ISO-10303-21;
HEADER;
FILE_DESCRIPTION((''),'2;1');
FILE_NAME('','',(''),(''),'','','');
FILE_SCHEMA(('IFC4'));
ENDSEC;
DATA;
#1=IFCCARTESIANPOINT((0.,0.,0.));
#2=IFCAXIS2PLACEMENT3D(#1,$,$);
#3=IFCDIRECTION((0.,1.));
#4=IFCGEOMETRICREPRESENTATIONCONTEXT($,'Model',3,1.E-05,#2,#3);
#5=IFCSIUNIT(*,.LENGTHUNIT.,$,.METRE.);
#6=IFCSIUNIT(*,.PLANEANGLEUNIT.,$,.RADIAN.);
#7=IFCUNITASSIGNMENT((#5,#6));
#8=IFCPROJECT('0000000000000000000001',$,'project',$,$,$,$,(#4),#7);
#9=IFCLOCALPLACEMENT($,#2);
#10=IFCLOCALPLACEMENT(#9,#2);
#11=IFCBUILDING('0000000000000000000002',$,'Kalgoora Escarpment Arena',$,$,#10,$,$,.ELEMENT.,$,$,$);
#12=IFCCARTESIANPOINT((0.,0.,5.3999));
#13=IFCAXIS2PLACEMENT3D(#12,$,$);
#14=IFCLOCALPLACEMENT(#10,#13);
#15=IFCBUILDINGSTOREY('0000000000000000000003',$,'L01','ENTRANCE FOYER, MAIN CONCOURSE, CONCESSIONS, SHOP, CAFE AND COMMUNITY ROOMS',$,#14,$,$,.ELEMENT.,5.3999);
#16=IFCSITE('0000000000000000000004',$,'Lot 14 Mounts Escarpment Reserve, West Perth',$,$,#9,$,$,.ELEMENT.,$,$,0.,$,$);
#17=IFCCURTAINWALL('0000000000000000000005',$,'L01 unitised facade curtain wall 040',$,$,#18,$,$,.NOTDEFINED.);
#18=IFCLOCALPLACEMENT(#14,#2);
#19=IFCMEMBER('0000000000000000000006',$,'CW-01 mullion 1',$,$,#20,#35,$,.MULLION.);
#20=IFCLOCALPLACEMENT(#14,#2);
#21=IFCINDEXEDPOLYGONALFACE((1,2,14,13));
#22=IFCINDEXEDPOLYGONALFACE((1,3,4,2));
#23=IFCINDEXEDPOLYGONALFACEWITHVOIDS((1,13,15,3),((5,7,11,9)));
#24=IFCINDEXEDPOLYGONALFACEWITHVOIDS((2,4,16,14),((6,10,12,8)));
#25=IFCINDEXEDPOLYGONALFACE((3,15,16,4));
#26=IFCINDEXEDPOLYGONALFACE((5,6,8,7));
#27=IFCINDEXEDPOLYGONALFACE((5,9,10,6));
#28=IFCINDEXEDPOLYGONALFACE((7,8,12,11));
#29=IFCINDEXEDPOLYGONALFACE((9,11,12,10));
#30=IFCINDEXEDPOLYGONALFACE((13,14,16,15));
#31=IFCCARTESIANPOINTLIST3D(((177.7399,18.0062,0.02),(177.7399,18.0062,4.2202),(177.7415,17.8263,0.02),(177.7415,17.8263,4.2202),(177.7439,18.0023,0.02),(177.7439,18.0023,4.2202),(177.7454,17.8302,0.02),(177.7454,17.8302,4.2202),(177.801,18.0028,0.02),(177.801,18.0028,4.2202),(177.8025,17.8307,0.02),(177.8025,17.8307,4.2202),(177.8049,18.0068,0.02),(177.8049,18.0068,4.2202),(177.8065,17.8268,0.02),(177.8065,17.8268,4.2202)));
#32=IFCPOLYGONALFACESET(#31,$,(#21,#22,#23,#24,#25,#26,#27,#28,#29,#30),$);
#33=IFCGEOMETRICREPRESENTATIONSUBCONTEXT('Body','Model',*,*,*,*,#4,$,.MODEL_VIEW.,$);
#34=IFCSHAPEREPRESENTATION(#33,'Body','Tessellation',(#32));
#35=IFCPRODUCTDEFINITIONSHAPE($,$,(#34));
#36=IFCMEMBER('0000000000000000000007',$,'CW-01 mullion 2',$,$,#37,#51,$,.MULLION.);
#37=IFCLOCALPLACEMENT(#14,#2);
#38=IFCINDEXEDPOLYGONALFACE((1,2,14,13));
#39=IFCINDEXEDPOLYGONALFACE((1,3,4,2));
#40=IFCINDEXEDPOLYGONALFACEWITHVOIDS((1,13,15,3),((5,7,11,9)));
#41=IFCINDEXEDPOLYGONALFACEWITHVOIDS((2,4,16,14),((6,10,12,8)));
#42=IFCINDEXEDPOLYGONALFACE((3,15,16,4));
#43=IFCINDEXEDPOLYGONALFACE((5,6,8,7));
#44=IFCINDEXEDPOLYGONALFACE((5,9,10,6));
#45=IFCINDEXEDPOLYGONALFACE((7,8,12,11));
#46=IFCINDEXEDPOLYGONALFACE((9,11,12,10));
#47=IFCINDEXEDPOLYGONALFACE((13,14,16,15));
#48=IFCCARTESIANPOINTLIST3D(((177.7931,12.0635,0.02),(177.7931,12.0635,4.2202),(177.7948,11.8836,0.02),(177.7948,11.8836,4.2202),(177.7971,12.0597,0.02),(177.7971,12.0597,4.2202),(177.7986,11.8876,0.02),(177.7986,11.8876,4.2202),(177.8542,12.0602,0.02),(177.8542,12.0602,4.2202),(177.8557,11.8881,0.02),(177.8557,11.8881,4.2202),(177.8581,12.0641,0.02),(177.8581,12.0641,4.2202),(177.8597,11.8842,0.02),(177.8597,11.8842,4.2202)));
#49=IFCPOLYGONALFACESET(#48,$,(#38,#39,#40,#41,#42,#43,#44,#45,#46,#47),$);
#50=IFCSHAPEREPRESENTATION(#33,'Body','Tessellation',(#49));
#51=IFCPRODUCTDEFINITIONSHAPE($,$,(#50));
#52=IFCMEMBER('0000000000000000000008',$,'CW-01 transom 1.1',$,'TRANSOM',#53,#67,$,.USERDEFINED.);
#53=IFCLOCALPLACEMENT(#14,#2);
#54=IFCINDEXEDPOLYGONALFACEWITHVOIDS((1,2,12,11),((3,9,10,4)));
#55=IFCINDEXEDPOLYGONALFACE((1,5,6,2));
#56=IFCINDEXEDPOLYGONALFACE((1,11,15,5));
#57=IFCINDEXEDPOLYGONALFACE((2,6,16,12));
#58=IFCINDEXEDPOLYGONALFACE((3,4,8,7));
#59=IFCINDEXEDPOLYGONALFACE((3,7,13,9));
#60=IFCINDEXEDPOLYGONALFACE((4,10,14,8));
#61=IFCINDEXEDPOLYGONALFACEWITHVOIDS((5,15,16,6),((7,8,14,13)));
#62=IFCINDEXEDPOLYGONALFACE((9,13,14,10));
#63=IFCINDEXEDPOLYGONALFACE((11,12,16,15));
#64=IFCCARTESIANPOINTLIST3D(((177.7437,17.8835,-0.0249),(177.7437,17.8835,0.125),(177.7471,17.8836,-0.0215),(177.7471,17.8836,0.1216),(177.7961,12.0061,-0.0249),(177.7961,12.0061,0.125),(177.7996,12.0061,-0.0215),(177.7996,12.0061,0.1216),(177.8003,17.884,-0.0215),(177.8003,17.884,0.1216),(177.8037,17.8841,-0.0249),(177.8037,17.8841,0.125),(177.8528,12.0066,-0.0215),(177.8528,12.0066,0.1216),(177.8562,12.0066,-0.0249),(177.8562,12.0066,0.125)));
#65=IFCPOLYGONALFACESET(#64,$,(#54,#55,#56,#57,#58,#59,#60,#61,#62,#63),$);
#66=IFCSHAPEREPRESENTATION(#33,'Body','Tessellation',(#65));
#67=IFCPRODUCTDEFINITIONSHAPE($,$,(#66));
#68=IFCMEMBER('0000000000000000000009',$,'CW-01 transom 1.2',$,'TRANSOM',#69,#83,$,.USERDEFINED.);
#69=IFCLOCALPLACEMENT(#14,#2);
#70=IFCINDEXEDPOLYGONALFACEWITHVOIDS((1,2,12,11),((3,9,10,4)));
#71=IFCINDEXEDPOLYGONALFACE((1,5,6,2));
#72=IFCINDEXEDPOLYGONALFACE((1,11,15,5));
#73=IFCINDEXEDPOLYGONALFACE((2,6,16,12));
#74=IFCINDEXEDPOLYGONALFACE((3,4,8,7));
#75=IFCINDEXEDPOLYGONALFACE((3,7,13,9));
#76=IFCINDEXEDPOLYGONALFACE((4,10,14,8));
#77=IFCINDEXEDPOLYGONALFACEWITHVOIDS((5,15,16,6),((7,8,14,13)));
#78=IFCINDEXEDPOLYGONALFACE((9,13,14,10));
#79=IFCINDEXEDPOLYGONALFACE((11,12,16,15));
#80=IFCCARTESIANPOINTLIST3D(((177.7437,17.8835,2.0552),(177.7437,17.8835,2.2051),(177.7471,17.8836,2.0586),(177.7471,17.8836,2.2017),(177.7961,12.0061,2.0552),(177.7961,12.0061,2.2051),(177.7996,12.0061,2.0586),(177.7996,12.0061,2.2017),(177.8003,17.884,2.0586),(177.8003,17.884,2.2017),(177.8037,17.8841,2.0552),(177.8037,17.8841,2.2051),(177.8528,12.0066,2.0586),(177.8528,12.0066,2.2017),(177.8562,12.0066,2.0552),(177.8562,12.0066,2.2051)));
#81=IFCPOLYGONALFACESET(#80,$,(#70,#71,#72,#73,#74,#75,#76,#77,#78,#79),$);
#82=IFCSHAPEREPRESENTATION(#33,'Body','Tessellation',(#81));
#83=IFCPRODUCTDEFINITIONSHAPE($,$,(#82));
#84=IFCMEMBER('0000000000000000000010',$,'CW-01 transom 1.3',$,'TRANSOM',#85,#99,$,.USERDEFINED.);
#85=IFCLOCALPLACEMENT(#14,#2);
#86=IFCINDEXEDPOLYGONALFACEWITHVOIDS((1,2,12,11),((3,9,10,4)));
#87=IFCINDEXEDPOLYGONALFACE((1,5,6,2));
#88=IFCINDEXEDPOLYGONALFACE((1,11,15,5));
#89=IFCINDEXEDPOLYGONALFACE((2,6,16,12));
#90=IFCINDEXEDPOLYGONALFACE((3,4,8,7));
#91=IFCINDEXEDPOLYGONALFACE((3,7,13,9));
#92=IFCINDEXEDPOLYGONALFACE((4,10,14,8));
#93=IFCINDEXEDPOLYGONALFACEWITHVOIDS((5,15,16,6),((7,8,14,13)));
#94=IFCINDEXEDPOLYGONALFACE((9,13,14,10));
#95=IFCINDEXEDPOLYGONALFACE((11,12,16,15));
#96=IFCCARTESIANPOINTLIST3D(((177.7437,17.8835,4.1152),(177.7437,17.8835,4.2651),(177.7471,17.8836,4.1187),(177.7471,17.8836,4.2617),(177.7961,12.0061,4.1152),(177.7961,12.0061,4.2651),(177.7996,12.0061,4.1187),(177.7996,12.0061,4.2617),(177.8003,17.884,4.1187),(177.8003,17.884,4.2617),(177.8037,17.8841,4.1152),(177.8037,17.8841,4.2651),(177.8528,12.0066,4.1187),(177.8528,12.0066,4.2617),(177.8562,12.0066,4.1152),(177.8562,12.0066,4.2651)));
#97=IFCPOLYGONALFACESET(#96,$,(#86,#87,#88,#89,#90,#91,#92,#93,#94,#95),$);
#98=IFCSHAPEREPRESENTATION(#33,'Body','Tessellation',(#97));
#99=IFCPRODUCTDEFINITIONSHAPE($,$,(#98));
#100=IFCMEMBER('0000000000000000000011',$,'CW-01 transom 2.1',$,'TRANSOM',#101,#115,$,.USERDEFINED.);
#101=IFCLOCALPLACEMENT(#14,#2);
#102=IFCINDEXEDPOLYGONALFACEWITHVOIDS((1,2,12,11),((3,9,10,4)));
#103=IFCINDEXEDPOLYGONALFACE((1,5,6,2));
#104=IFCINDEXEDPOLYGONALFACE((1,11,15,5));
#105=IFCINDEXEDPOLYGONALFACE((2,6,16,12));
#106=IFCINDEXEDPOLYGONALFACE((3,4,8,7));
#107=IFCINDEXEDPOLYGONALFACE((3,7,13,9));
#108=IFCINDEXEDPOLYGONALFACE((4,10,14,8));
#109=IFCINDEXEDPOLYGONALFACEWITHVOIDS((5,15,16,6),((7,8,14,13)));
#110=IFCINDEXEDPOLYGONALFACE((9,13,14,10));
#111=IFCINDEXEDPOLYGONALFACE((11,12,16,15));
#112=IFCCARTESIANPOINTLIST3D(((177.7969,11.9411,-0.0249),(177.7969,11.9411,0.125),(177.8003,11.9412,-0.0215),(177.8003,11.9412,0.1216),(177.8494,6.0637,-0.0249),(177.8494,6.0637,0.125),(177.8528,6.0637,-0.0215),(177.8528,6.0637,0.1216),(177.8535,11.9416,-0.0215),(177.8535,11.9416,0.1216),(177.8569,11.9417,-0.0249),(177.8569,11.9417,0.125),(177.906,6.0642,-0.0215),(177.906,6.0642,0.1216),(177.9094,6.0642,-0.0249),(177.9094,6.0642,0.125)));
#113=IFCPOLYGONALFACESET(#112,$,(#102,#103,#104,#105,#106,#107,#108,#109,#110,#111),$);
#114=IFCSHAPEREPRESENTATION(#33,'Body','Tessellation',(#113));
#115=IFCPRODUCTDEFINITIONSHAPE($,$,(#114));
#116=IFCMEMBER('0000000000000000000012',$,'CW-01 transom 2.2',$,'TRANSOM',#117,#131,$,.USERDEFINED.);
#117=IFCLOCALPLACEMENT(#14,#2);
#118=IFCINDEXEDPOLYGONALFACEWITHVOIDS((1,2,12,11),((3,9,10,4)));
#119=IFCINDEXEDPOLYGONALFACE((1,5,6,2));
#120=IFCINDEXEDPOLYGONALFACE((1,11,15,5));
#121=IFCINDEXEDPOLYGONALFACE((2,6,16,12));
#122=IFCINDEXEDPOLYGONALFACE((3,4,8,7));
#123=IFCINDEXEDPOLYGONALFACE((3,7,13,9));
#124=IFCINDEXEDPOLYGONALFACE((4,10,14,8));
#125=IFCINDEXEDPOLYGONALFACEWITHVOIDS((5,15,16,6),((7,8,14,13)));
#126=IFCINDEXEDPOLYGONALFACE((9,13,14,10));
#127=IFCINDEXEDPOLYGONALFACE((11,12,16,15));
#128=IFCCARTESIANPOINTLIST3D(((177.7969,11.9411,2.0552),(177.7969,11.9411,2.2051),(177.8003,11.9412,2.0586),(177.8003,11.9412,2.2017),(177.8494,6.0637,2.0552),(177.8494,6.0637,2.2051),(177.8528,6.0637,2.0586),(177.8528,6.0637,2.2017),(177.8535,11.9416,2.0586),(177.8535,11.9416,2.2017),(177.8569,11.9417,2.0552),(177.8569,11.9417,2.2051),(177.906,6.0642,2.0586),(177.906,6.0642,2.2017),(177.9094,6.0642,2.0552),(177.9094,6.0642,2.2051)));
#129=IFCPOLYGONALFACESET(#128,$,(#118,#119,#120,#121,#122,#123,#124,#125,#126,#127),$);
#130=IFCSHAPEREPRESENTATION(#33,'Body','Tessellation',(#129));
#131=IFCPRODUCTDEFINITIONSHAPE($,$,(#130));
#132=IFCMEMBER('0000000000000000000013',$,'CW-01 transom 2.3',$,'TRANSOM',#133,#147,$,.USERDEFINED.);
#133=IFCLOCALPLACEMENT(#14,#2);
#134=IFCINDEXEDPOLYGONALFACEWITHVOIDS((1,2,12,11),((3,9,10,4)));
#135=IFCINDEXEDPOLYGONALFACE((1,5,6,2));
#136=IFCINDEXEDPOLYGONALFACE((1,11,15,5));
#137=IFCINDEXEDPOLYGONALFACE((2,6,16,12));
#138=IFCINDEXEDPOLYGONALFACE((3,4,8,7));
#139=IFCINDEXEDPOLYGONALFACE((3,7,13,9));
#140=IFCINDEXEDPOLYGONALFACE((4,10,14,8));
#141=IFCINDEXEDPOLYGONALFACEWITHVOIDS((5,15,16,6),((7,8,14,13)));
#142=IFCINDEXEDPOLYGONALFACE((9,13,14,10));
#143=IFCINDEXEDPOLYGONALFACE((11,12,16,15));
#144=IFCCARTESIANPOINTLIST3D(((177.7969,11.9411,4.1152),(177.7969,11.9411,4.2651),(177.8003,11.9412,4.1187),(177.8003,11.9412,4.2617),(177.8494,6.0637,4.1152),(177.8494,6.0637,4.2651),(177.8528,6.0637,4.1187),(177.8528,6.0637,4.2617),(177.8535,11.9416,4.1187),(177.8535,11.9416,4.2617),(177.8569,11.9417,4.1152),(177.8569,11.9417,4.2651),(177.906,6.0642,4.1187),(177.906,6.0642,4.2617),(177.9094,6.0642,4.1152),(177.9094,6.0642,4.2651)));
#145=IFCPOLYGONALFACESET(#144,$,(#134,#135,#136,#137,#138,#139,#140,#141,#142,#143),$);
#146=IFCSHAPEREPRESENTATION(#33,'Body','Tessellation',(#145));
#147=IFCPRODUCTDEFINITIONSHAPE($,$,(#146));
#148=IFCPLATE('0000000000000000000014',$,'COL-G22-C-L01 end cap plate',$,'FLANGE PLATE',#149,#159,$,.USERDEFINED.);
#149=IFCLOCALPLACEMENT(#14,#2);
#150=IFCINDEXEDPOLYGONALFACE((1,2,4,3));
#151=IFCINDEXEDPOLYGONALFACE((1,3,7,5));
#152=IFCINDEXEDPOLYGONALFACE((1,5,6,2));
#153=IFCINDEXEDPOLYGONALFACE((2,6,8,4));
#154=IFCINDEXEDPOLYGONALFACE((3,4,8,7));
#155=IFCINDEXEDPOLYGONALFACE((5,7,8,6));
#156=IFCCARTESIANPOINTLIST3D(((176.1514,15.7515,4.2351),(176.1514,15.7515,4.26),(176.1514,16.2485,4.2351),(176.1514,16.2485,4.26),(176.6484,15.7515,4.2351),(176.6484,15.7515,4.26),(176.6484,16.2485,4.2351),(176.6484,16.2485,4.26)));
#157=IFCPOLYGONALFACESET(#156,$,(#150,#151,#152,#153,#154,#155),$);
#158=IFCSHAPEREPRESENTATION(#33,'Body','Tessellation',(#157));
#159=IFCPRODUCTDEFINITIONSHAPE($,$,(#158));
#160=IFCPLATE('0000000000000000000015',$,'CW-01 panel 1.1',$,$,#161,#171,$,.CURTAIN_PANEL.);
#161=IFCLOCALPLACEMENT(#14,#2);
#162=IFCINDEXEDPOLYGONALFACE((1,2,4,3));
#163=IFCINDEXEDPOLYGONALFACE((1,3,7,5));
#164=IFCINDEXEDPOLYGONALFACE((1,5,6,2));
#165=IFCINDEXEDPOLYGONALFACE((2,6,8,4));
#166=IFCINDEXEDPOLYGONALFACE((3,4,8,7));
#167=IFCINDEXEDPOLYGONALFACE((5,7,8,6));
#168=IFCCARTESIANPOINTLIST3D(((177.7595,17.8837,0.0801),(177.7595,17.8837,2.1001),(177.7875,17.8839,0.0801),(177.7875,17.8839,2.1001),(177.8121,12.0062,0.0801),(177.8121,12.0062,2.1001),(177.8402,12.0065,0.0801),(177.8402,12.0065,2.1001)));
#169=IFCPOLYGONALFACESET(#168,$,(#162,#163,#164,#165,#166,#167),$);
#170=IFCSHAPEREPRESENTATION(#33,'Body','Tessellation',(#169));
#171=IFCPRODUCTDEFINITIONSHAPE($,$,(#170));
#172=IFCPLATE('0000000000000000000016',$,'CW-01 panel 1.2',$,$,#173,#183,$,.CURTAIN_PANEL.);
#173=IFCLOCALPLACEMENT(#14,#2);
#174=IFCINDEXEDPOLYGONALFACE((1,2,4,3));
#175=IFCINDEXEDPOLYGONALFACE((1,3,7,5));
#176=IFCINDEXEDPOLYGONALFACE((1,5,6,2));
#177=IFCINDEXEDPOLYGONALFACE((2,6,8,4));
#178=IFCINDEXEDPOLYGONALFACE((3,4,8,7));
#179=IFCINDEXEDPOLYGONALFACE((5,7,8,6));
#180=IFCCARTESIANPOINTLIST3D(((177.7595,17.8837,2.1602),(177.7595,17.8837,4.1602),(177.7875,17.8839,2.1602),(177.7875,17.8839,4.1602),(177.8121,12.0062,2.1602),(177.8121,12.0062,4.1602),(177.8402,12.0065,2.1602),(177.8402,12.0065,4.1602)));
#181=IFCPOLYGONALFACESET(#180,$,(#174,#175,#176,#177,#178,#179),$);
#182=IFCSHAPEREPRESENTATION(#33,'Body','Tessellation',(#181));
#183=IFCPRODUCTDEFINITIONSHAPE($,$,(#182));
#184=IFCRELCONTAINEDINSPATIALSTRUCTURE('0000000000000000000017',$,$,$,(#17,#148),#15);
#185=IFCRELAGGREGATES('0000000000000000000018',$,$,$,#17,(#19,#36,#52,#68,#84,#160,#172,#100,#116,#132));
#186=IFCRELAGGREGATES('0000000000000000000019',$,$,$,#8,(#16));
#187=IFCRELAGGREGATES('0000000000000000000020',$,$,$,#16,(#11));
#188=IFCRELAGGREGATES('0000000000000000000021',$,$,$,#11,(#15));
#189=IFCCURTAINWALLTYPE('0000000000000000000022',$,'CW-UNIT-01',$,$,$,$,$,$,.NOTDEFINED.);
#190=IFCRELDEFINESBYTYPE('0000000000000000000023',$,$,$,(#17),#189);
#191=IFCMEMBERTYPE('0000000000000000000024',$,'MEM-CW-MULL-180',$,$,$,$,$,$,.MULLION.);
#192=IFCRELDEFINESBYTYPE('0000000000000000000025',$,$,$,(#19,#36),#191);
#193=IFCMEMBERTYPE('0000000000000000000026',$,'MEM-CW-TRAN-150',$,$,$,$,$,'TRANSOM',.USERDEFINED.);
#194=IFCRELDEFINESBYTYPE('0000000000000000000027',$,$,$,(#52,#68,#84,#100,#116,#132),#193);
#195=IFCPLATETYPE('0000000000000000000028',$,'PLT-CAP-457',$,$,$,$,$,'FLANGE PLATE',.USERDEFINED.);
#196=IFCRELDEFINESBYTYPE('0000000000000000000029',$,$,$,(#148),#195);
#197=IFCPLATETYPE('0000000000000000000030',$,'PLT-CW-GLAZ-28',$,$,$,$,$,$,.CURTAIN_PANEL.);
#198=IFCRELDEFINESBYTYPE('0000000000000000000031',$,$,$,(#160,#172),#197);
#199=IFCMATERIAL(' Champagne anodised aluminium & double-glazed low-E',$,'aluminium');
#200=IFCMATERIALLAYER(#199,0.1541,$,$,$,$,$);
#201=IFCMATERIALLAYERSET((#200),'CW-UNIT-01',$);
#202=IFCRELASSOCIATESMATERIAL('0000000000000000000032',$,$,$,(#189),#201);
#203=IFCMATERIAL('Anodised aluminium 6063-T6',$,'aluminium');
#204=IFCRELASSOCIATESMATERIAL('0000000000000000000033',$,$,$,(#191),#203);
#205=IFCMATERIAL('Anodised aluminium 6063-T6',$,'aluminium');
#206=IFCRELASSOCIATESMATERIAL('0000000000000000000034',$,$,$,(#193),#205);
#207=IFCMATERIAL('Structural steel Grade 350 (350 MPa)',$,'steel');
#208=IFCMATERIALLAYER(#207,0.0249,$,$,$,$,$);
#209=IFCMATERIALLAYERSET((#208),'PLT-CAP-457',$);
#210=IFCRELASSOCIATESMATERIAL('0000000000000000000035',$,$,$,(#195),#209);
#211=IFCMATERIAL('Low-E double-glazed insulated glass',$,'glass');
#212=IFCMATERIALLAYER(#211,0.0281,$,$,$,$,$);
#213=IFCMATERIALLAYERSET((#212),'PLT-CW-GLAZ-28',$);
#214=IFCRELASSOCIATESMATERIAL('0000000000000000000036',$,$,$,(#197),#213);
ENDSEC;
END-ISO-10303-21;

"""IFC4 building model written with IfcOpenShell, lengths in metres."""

from ifc_helpers import new_model, si_unit, direction, frame, origin, origin_2d, place, context, subcontext, project, spatial, rectangle, hollow_rectangle, extrude, material, layer, layer_set, material_profile, profile_set, type_object, element, aggregate, save


model = new_model("IFC4")

# Units and contexts
model_context = context("Model", 3, precision=1e-05, world=origin(), true_north=direction((0.0, 1.0)))
body_context = subcontext(model_context, "Body", "Model", "MODEL_VIEW")
ifc_project = project(units=[si_unit("LENGTHUNIT", "METRE"), si_unit("PLANEANGLEUNIT", "RADIAN")], contexts=[model_context])

# Site, building, storey
site_placement = place(None, origin())
site = spatial("IfcSite", under=ifc_project, at=site_placement, Name="Lot 14 Mounts Escarpment Reserve, West Perth", CompositionType="ELEMENT", RefElevation=0.0)
building_placement = place(site_placement, origin())
building = spatial("IfcBuilding", under=site, at=building_placement, Name="Kalgoora Escarpment Arena", CompositionType="ELEMENT")
storey_placement = place(building_placement, frame((0.0, 0.0, 5.3999)))
storey = spatial("IfcBuildingStorey", under=building, at=storey_placement, Name="L01", Description="ENTRANCE FOYER, MAIN CONCOURSE, CONCESSIONS, SHOP, CAFE AND COMMUNITY ROOMS", CompositionType="ELEMENT", Elevation=5.3999)

# Curtain wall, members
ifc_material_1 = material(Name=" Champagne anodised aluminium & double-glazed low-E", Category="aluminium")
ifc_layer_1 = layer(ifc_material_1, 0.1541)
ifc_layer_set_1 = layer_set([ifc_layer_1], Name="CW-UNIT-01")
curtain_wall_type = type_object("IfcCurtainWallType", Name="CW-UNIT-01", PredefinedType="NOTDEFINED", material=ifc_layer_set_1)
curtain_wall_placement = place(storey_placement, origin())
curtain_wall = element("IfcCurtainWall", 1, at=curtain_wall_placement, inside=storey, type_object=curtain_wall_type, Name="L01 unitised facade curtain wall 040", PredefinedType="NOTDEFINED")
ifc_material_2 = material(Name="Anodised aluminium 6063-T6", Category="aluminium")
ifc_material_profile_1 = material_profile(ifc_material_2, hollow_rectangle(XDim=0.0649, YDim=0.1799, WallThickness=0.0039, at=origin_2d()))
ifc_profile_set_1 = profile_set([ifc_material_profile_1], Name="Anodised aluminium 6063-T6")
member_type_1 = type_object("IfcMemberType", Name="MEM-CW-MULL-180", PredefinedType="MULLION", material=ifc_profile_set_1)
member_1_placement = place(storey_placement, frame((177.7732, 17.9165, 0.02), z_axis=(0.0, 0.0, 1.0), x_axis=(0.99996, 0.008954, 0.0)))
member_1 = element("IfcMember", 2, at=member_1_placement, type_object=member_type_1, Name="CW-01 mullion 1", PredefinedType="MULLION", context=body_context, shape_type="SweptSolid", body=[
    extrude(hollow_rectangle(XDim=0.0649, YDim=0.1799, WallThickness=0.0039, at=origin_2d()), origin(), (0.0, 0.0, 1.0), 4.2002),
])
member_2_placement = place(storey_placement, frame((177.8264, 11.9739, 0.02), z_axis=(0.0, 0.0, 1.0), x_axis=(0.99996, 0.008954, 0.0)))
member_2 = element("IfcMember", 3, at=member_2_placement, type_object=member_type_1, Name="CW-01 mullion 2", PredefinedType="MULLION", context=body_context, shape_type="SweptSolid", body=[
    extrude(hollow_rectangle(XDim=0.0649, YDim=0.1799, WallThickness=0.0039, at=origin_2d()), origin(), (0.0, 0.0, 1.0), 4.2002),
])
ifc_material_3 = material(Name="Anodised aluminium 6063-T6", Category="aluminium")
ifc_material_profile_2 = material_profile(ifc_material_3, hollow_rectangle(XDim=0.0601, YDim=0.1499, WallThickness=0.0034, at=origin_2d()))
ifc_profile_set_2 = profile_set([ifc_material_profile_2], Name="Anodised aluminium 6063-T6")
member_type_2 = type_object("IfcMemberType", Name="MEM-CW-TRAN-150", ElementType="TRANSOM", PredefinedType="USERDEFINED", material=ifc_profile_set_2)
member_3_placement = place(storey_placement, frame((177.7737, 17.8838, 0.05), z_axis=(0.00893, -0.99996, 0.0), x_axis=(0.99996, 0.00893, 0.0)))
member_3 = element("IfcMember", 4, at=member_3_placement, type_object=member_type_2, Name="CW-01 transom 1.1", ObjectType="TRANSOM", PredefinedType="USERDEFINED", context=body_context, shape_type="SweptSolid", body=[
    extrude(hollow_rectangle(XDim=0.0601, YDim=0.1499, WallThickness=0.0034, at=origin_2d()), origin(), (0.0, 0.0, 1.0), 5.8777),
])
member_4_placement = place(storey_placement, frame((177.7737, 17.8838, 2.1301), z_axis=(0.00893, -0.99996, 0.0), x_axis=(0.99996, 0.00893, 0.0)))
member_4 = element("IfcMember", 5, at=member_4_placement, type_object=member_type_2, Name="CW-01 transom 1.2", ObjectType="TRANSOM", PredefinedType="USERDEFINED", context=body_context, shape_type="SweptSolid", body=[
    extrude(hollow_rectangle(XDim=0.0601, YDim=0.1499, WallThickness=0.0034, at=origin_2d()), origin(), (0.0, 0.0, 1.0), 5.8777),
])
member_5_placement = place(storey_placement, frame((177.7737, 17.8838, 4.1902), z_axis=(0.00893, -0.99996, 0.0), x_axis=(0.99996, 0.00893, 0.0)))
member_5 = element("IfcMember", 6, at=member_5_placement, type_object=member_type_2, Name="CW-01 transom 1.3", ObjectType="TRANSOM", PredefinedType="USERDEFINED", context=body_context, shape_type="SweptSolid", body=[
    extrude(hollow_rectangle(XDim=0.0601, YDim=0.1499, WallThickness=0.0034, at=origin_2d()), origin(), (0.0, 0.0, 1.0), 5.8777),
])
member_6_placement = place(storey_placement, frame((177.8269, 11.9414, 0.05), z_axis=(0.00893, -0.99996, 0.0), x_axis=(0.99996, 0.00893, 0.0)))
member_6 = element("IfcMember", 7, at=member_6_placement, type_object=member_type_2, Name="CW-01 transom 2.1", ObjectType="TRANSOM", PredefinedType="USERDEFINED", context=body_context, shape_type="SweptSolid", body=[
    extrude(hollow_rectangle(XDim=0.0601, YDim=0.1499, WallThickness=0.0034, at=origin_2d()), origin(), (0.0, 0.0, 1.0), 5.8777),
])
member_7_placement = place(storey_placement, frame((177.8269, 11.9414, 2.1301), z_axis=(0.00893, -0.99996, 0.0), x_axis=(0.99996, 0.00893, 0.0)))
member_7 = element("IfcMember", 8, at=member_7_placement, type_object=member_type_2, Name="CW-01 transom 2.2", ObjectType="TRANSOM", PredefinedType="USERDEFINED", context=body_context, shape_type="SweptSolid", body=[
    extrude(hollow_rectangle(XDim=0.0601, YDim=0.1499, WallThickness=0.0034, at=origin_2d()), origin(), (0.0, 0.0, 1.0), 5.8777),
])
member_8_placement = place(storey_placement, frame((177.8269, 11.9414, 4.1902), z_axis=(0.00893, -0.99996, 0.0), x_axis=(0.99996, 0.00893, 0.0)))
member_8 = element("IfcMember", 9, at=member_8_placement, type_object=member_type_2, Name="CW-01 transom 2.3", ObjectType="TRANSOM", PredefinedType="USERDEFINED", context=body_context, shape_type="SweptSolid", body=[
    extrude(hollow_rectangle(XDim=0.0601, YDim=0.1499, WallThickness=0.0034, at=origin_2d()), origin(), (0.0, 0.0, 1.0), 5.8777),
])

# Plates
ifc_material_4 = material(Name="Structural steel Grade 350 (350 MPa)", Category="steel")
ifc_layer_2 = layer(ifc_material_4, 0.0249)
ifc_layer_set_2 = layer_set([ifc_layer_2], Name="PLT-CAP-457")
plate_type_1 = type_object("IfcPlateType", Name="PLT-CAP-457", ElementType="FLANGE PLATE", PredefinedType="USERDEFINED", material=ifc_layer_set_2)
plate_1_placement = place(storey_placement, frame((176.3999, 16.0, 4.2351), z_axis=(0.0, 0.0, 1.0), x_axis=(1.0, 0.0, 0.0)))
element("IfcPlate", 10, at=plate_1_placement, inside=storey, type_object=plate_type_1, Name="COL-G22-C-L01 end cap plate", ObjectType="FLANGE PLATE", PredefinedType="USERDEFINED", context=body_context, shape_type="SweptSolid", body=[
    extrude(rectangle(XDim=0.4971, YDim=0.4971, at=origin_2d()), origin(), (0.0, 0.0, 1.0), 0.0249),
])
ifc_material_5 = material(Name="Low-E double-glazed insulated glass", Category="glass")
ifc_layer_3 = layer(ifc_material_5, 0.0281)
ifc_layer_set_3 = layer_set([ifc_layer_3], Name="PLT-CW-GLAZ-28")
plate_type_2 = type_object("IfcPlateType", Name="PLT-CW-GLAZ-28", PredefinedType="CURTAIN_PANEL", material=ifc_layer_set_3)
plate_2_placement = place(storey_placement, frame((177.7998, 14.9451, 0.0801), z_axis=(0.0, 0.0, 1.0), x_axis=(0.008954, -0.99996, 0.0)))
plate_2 = element("IfcPlate", 11, at=plate_2_placement, type_object=plate_type_2, Name="CW-01 panel 1.1", PredefinedType="CURTAIN_PANEL", context=body_context, shape_type="SweptSolid", body=[
    extrude(rectangle(XDim=5.8777, YDim=0.0281, at=origin_2d()), origin(), (0.0, 0.0, 1.0), 2.02),
])
plate_3_placement = place(storey_placement, frame((177.7998, 14.9451, 2.1602), z_axis=(0.0, 0.0, 1.0), x_axis=(0.008954, -0.99996, 0.0)))
plate_3 = element("IfcPlate", 12, at=plate_3_placement, type_object=plate_type_2, Name="CW-01 panel 1.2", PredefinedType="CURTAIN_PANEL", context=body_context, shape_type="SweptSolid", body=[
    extrude(rectangle(XDim=5.8777, YDim=0.0281, at=origin_2d()), origin(), (0.0, 0.0, 1.0), 2.0),
])
aggregate(curtain_wall, [member_1, member_2, member_3, member_4, member_5, plate_2, plate_3, member_6, member_7, member_8])

save(model, "model.ifc")
